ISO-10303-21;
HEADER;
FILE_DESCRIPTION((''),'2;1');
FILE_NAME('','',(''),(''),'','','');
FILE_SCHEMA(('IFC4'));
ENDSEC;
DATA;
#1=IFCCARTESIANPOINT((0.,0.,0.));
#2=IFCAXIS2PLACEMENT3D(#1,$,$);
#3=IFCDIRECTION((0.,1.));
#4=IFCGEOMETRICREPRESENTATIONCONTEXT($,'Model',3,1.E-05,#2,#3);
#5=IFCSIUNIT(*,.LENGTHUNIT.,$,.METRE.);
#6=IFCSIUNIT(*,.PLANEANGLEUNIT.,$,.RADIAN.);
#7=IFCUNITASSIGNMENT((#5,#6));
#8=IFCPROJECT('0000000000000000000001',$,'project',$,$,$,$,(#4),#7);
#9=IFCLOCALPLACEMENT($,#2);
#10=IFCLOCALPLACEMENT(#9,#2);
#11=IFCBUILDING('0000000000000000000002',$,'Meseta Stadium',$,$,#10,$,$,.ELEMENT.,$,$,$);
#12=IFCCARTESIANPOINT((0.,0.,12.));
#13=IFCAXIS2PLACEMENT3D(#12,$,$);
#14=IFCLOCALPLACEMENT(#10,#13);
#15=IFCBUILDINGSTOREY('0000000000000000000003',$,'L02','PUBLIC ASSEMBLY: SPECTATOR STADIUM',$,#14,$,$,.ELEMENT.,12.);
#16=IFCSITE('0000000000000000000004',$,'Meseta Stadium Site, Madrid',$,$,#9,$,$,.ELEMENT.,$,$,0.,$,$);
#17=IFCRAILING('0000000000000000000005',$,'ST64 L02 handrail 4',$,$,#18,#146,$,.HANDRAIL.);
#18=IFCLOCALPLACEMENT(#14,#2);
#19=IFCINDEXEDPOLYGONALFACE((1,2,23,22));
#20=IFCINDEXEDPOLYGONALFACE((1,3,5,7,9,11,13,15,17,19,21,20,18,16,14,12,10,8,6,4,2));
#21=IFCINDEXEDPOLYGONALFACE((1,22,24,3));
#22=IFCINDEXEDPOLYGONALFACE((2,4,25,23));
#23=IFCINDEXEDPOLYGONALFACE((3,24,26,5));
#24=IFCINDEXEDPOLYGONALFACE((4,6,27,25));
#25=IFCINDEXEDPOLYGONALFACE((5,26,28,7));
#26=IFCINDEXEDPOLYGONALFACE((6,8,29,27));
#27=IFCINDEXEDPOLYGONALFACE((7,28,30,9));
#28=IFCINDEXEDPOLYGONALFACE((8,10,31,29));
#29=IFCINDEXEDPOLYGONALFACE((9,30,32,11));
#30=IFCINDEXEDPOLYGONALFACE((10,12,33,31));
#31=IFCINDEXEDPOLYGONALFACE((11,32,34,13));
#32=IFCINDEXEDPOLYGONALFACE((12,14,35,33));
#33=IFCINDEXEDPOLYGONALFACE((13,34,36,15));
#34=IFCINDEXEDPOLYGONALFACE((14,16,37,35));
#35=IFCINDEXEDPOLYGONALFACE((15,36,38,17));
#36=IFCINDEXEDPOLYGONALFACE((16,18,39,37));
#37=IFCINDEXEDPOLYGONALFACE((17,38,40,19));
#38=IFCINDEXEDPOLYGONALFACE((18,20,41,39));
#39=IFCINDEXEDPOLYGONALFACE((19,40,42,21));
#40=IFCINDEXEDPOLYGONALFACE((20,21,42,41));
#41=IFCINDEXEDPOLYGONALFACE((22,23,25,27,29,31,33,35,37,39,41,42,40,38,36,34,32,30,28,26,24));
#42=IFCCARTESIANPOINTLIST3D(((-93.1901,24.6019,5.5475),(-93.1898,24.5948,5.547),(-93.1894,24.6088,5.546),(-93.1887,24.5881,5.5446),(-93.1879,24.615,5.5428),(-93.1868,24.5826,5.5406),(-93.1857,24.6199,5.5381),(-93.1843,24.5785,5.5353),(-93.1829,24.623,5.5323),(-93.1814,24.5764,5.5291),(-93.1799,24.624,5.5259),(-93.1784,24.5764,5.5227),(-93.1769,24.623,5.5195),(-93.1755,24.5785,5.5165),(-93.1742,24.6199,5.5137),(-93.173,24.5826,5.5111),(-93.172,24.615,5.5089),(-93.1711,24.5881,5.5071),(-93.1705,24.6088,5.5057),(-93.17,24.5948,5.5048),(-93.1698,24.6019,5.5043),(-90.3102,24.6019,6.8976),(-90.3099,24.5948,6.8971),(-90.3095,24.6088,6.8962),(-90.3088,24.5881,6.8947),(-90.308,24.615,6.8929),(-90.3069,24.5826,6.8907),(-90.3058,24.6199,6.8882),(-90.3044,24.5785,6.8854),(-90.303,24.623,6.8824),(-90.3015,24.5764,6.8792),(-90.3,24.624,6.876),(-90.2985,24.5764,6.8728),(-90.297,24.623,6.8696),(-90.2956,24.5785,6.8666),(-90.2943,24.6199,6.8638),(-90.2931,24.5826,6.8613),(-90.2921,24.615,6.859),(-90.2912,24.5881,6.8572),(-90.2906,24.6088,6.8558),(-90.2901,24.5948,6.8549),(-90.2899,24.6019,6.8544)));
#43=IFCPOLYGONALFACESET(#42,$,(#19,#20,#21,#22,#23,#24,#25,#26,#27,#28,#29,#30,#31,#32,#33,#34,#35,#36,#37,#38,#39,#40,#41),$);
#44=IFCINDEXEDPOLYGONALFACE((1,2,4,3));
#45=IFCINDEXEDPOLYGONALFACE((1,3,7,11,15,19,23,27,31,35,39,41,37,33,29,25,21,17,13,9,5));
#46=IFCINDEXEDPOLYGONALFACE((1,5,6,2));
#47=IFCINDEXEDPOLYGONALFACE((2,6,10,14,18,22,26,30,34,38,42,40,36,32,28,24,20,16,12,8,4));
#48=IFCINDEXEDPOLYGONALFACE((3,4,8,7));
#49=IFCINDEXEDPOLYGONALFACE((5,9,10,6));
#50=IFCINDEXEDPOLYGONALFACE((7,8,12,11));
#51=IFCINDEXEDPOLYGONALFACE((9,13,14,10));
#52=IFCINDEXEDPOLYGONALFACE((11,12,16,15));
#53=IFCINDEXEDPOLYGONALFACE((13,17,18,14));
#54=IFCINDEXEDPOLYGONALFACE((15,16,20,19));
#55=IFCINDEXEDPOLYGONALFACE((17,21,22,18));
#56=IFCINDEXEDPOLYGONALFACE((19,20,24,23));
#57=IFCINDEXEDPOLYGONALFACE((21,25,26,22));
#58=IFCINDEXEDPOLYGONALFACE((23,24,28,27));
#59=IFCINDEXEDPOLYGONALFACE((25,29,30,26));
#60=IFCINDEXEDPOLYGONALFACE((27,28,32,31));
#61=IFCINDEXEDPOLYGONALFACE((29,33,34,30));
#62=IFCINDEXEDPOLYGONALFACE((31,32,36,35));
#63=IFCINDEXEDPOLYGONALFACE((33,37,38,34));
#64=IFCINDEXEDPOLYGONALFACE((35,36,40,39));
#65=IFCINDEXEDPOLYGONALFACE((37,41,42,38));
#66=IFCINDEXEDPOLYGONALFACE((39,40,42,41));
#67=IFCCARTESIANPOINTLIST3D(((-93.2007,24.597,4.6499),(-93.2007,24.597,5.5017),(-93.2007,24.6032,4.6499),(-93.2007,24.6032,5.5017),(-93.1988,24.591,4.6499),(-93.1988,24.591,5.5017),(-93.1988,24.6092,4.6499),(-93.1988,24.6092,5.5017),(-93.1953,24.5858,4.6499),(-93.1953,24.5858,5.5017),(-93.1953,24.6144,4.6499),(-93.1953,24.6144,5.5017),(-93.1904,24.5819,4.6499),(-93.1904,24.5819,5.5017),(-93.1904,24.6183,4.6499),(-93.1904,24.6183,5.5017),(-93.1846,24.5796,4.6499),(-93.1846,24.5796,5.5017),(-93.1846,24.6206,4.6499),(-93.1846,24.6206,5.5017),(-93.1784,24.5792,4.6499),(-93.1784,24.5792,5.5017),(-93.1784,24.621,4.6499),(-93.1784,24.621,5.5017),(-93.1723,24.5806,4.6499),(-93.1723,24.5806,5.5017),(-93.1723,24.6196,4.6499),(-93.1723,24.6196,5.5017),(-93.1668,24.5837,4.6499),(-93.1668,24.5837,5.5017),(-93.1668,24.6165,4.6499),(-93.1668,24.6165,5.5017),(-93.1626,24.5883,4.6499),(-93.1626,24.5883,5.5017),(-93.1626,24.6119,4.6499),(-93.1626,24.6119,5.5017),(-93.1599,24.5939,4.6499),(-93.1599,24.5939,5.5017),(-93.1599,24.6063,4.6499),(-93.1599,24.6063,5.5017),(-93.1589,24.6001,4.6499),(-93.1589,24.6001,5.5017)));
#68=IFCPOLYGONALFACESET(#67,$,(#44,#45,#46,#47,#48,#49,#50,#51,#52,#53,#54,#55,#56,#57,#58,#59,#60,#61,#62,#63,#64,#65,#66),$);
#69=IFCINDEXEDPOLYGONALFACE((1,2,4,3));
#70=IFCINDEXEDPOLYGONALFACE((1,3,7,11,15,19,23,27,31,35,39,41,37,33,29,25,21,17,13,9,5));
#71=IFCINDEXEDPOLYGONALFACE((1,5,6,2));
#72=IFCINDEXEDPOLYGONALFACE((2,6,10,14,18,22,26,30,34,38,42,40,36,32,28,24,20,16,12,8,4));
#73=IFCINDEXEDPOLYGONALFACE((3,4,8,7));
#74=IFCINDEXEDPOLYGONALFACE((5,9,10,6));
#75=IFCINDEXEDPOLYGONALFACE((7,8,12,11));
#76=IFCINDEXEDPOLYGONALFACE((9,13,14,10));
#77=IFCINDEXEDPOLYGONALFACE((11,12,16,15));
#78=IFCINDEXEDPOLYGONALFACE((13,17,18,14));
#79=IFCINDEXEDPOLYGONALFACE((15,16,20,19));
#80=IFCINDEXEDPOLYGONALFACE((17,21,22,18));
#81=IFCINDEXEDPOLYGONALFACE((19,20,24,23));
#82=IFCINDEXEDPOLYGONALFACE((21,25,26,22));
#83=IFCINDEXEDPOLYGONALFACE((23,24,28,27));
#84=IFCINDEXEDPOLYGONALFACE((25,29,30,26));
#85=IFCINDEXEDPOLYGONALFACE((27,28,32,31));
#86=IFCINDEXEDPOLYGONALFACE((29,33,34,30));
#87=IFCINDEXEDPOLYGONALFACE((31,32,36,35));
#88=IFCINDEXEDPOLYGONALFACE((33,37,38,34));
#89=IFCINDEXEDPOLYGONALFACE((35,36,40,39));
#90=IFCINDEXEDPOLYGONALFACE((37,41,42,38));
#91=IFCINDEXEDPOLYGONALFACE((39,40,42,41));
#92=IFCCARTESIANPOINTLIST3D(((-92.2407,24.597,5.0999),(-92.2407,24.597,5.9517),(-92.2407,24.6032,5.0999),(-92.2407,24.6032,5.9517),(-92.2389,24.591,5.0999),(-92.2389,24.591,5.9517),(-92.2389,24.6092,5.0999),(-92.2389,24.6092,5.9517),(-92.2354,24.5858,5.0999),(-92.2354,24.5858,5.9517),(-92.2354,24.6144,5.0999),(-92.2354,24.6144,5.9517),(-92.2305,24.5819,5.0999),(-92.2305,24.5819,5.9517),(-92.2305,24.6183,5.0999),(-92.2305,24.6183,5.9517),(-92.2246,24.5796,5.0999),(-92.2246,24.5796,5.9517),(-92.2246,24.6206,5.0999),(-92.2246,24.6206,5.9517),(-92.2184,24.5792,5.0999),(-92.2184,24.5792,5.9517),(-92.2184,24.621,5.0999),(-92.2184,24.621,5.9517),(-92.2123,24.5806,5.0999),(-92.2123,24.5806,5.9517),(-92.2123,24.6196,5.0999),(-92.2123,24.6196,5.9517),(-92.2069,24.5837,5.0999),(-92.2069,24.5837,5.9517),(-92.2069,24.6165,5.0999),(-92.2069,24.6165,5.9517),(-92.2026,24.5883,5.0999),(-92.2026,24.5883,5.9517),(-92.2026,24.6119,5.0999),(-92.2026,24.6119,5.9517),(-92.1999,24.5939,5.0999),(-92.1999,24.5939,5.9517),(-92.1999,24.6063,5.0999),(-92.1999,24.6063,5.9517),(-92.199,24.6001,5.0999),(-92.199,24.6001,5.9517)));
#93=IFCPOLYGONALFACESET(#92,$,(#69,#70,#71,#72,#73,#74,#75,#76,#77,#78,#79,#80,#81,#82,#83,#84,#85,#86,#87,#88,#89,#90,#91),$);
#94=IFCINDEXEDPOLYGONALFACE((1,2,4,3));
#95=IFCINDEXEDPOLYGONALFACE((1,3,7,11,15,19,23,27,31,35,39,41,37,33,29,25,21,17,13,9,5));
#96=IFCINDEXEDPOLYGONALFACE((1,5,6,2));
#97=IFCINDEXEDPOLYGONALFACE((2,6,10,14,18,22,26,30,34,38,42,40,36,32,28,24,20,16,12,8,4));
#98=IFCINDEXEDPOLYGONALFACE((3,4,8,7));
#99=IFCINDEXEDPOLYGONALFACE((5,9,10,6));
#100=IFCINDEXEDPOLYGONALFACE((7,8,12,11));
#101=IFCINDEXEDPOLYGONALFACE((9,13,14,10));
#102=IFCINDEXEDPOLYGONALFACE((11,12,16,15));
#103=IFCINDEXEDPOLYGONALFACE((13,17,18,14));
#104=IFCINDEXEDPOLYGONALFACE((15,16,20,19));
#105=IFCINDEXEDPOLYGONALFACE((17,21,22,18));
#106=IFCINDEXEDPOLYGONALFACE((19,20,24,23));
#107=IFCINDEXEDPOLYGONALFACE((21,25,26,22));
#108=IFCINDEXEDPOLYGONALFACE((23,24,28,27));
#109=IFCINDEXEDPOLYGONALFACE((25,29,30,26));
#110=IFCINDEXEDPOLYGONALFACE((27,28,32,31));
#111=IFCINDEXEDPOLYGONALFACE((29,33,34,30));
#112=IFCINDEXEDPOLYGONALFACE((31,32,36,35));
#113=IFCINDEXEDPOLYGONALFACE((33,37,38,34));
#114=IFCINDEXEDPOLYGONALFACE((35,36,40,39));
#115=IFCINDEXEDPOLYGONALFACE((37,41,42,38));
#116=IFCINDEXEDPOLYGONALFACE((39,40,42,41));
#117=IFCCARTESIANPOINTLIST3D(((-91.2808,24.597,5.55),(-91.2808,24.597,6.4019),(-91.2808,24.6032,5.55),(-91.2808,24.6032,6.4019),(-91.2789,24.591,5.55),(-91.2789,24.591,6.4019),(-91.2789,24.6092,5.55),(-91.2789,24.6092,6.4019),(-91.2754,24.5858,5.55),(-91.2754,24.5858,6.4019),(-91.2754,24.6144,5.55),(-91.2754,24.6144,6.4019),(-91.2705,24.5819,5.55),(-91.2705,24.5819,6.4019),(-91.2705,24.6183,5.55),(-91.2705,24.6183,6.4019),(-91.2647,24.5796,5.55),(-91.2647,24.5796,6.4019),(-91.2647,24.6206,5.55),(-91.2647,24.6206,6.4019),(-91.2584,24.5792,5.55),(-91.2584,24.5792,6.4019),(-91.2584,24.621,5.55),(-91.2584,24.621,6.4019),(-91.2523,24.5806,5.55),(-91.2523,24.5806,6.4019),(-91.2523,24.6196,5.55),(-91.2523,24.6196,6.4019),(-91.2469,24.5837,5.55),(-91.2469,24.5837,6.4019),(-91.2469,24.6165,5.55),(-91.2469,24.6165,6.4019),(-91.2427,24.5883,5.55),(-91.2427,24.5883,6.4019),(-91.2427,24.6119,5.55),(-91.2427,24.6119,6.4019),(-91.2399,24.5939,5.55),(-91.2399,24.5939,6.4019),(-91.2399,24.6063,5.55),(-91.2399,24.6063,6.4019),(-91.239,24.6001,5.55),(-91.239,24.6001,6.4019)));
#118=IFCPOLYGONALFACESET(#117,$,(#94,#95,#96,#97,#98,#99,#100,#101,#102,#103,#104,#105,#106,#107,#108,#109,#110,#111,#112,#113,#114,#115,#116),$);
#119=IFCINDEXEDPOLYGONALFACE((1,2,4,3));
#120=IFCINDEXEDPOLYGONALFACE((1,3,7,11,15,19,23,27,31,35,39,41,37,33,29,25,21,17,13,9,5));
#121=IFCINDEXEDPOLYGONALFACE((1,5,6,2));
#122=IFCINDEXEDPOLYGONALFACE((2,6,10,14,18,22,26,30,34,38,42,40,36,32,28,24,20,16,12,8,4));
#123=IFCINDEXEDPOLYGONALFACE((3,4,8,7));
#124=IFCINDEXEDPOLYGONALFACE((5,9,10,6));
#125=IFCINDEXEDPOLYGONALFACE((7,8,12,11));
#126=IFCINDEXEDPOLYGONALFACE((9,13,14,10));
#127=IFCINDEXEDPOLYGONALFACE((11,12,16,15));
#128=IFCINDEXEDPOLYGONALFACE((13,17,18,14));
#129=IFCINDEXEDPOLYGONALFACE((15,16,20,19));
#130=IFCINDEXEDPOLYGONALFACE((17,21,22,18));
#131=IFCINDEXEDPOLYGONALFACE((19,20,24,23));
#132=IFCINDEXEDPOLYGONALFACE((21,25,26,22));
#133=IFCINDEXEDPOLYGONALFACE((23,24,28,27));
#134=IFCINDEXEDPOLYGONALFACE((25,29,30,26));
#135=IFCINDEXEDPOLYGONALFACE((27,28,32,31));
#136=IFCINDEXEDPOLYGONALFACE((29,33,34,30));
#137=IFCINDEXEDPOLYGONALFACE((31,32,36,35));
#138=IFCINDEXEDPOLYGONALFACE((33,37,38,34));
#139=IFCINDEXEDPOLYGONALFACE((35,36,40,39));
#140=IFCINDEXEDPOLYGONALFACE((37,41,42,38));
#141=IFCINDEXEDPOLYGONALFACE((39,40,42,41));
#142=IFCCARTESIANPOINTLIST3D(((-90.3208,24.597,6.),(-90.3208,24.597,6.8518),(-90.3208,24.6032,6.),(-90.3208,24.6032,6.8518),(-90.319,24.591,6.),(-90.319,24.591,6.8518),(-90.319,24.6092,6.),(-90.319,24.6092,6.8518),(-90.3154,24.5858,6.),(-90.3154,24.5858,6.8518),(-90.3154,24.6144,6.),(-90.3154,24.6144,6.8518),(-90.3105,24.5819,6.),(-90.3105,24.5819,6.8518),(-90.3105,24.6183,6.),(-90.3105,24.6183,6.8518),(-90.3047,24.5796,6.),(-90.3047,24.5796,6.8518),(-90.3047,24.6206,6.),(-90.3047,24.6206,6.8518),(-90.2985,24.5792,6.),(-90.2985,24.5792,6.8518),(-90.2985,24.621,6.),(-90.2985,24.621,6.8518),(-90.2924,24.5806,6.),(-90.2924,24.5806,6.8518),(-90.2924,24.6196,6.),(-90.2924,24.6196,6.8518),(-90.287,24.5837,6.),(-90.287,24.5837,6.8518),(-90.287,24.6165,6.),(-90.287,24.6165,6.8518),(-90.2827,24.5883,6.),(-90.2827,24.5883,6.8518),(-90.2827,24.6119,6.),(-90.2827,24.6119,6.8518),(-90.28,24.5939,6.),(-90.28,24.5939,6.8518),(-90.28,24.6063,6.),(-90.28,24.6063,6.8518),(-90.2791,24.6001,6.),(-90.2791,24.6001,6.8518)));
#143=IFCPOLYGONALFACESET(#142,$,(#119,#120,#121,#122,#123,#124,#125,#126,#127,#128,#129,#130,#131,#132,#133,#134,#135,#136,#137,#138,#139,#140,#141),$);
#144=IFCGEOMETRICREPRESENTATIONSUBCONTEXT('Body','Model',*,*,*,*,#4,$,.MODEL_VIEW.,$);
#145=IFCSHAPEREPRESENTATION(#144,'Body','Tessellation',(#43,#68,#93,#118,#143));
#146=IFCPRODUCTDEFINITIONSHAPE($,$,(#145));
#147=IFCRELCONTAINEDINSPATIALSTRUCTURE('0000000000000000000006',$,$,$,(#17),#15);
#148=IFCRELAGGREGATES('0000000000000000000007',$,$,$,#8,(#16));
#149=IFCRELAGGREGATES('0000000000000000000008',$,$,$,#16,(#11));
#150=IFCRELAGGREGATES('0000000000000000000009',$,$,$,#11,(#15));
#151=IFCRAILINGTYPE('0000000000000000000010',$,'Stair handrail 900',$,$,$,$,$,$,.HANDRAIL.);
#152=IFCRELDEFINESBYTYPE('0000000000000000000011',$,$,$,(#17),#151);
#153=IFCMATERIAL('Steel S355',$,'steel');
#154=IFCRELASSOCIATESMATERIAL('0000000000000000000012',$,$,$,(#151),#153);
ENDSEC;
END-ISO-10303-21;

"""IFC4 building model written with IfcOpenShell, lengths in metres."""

from ifc_helpers import new_model, si_unit, direction, frame, origin, origin_2d, place, context, subcontext, project, spatial, circle, extrude, material, type_object, element, save


model = new_model("IFC4")

# Units and contexts
model_context = context("Model", 3, precision=1e-05, world=origin(), true_north=direction((0.0, 1.0)))
body_context = subcontext(model_context, "Body", "Model", "MODEL_VIEW")
ifc_project = project(units=[si_unit("LENGTHUNIT", "METRE"), si_unit("PLANEANGLEUNIT", "RADIAN")], contexts=[model_context])

# Site, building, storey
site_placement = place(None, origin())
site = spatial("IfcSite", under=ifc_project, at=site_placement, Name="Meseta Stadium Site, Madrid", CompositionType="ELEMENT", RefElevation=0.0)
building_placement = place(site_placement, origin())
building = spatial("IfcBuilding", under=site, at=building_placement, Name="Meseta Stadium", CompositionType="ELEMENT")
storey_placement = place(building_placement, frame((0.0, 0.0, 12.0)))
storey = spatial("IfcBuildingStorey", under=building, at=storey_placement, Name="L02", Description="PUBLIC ASSEMBLY: SPECTATOR STADIUM", CompositionType="ELEMENT", Elevation=12.0)

# Railing
ifc_material_1 = material(Name="Steel S355", Category="steel")
railing_type_1 = type_object("IfcRailingType", Name="Stair handrail 900", PredefinedType="HANDRAIL", material=ifc_material_1)
for number, where, name in (
    (1, (-93.1799, 24.6001, 4.6499), "ST64 L02 handrail 4"),
):
    element("IfcRailing", number, at=place(storey_placement, frame(where)), inside=storey, type_object=railing_type_1, Name=name, PredefinedType="HANDRAIL", context=body_context, shape_type="SweptSolid", body=[
        extrude(circle(Radius=0.0239, at=origin_2d()), frame((0.0, 0.0, 0.876), z_axis=(0.90544, 0.0, 0.424473), x_axis=(0.0, 1.0, 0.0)), (0.0, 0.0, 1.0), 3.1807),
        extrude(circle(Radius=0.021, at=origin_2d()), origin(), (0.0, 0.0, 1.0), 0.8518),
        extrude(circle(Radius=0.021, at=origin_2d()), frame((0.96, 0.0, 0.45)), (0.0, 0.0, 1.0), 0.8518),
        extrude(circle(Radius=0.021, at=origin_2d()), frame((1.9199, 0.0, 0.9001)), (0.0, 0.0, 1.0), 0.8518),
        extrude(circle(Radius=0.021, at=origin_2d()), frame((2.8799, 0.0, 1.3501)), (0.0, 0.0, 1.0), 0.8518),
    ])

save(model, "model.ifc")
